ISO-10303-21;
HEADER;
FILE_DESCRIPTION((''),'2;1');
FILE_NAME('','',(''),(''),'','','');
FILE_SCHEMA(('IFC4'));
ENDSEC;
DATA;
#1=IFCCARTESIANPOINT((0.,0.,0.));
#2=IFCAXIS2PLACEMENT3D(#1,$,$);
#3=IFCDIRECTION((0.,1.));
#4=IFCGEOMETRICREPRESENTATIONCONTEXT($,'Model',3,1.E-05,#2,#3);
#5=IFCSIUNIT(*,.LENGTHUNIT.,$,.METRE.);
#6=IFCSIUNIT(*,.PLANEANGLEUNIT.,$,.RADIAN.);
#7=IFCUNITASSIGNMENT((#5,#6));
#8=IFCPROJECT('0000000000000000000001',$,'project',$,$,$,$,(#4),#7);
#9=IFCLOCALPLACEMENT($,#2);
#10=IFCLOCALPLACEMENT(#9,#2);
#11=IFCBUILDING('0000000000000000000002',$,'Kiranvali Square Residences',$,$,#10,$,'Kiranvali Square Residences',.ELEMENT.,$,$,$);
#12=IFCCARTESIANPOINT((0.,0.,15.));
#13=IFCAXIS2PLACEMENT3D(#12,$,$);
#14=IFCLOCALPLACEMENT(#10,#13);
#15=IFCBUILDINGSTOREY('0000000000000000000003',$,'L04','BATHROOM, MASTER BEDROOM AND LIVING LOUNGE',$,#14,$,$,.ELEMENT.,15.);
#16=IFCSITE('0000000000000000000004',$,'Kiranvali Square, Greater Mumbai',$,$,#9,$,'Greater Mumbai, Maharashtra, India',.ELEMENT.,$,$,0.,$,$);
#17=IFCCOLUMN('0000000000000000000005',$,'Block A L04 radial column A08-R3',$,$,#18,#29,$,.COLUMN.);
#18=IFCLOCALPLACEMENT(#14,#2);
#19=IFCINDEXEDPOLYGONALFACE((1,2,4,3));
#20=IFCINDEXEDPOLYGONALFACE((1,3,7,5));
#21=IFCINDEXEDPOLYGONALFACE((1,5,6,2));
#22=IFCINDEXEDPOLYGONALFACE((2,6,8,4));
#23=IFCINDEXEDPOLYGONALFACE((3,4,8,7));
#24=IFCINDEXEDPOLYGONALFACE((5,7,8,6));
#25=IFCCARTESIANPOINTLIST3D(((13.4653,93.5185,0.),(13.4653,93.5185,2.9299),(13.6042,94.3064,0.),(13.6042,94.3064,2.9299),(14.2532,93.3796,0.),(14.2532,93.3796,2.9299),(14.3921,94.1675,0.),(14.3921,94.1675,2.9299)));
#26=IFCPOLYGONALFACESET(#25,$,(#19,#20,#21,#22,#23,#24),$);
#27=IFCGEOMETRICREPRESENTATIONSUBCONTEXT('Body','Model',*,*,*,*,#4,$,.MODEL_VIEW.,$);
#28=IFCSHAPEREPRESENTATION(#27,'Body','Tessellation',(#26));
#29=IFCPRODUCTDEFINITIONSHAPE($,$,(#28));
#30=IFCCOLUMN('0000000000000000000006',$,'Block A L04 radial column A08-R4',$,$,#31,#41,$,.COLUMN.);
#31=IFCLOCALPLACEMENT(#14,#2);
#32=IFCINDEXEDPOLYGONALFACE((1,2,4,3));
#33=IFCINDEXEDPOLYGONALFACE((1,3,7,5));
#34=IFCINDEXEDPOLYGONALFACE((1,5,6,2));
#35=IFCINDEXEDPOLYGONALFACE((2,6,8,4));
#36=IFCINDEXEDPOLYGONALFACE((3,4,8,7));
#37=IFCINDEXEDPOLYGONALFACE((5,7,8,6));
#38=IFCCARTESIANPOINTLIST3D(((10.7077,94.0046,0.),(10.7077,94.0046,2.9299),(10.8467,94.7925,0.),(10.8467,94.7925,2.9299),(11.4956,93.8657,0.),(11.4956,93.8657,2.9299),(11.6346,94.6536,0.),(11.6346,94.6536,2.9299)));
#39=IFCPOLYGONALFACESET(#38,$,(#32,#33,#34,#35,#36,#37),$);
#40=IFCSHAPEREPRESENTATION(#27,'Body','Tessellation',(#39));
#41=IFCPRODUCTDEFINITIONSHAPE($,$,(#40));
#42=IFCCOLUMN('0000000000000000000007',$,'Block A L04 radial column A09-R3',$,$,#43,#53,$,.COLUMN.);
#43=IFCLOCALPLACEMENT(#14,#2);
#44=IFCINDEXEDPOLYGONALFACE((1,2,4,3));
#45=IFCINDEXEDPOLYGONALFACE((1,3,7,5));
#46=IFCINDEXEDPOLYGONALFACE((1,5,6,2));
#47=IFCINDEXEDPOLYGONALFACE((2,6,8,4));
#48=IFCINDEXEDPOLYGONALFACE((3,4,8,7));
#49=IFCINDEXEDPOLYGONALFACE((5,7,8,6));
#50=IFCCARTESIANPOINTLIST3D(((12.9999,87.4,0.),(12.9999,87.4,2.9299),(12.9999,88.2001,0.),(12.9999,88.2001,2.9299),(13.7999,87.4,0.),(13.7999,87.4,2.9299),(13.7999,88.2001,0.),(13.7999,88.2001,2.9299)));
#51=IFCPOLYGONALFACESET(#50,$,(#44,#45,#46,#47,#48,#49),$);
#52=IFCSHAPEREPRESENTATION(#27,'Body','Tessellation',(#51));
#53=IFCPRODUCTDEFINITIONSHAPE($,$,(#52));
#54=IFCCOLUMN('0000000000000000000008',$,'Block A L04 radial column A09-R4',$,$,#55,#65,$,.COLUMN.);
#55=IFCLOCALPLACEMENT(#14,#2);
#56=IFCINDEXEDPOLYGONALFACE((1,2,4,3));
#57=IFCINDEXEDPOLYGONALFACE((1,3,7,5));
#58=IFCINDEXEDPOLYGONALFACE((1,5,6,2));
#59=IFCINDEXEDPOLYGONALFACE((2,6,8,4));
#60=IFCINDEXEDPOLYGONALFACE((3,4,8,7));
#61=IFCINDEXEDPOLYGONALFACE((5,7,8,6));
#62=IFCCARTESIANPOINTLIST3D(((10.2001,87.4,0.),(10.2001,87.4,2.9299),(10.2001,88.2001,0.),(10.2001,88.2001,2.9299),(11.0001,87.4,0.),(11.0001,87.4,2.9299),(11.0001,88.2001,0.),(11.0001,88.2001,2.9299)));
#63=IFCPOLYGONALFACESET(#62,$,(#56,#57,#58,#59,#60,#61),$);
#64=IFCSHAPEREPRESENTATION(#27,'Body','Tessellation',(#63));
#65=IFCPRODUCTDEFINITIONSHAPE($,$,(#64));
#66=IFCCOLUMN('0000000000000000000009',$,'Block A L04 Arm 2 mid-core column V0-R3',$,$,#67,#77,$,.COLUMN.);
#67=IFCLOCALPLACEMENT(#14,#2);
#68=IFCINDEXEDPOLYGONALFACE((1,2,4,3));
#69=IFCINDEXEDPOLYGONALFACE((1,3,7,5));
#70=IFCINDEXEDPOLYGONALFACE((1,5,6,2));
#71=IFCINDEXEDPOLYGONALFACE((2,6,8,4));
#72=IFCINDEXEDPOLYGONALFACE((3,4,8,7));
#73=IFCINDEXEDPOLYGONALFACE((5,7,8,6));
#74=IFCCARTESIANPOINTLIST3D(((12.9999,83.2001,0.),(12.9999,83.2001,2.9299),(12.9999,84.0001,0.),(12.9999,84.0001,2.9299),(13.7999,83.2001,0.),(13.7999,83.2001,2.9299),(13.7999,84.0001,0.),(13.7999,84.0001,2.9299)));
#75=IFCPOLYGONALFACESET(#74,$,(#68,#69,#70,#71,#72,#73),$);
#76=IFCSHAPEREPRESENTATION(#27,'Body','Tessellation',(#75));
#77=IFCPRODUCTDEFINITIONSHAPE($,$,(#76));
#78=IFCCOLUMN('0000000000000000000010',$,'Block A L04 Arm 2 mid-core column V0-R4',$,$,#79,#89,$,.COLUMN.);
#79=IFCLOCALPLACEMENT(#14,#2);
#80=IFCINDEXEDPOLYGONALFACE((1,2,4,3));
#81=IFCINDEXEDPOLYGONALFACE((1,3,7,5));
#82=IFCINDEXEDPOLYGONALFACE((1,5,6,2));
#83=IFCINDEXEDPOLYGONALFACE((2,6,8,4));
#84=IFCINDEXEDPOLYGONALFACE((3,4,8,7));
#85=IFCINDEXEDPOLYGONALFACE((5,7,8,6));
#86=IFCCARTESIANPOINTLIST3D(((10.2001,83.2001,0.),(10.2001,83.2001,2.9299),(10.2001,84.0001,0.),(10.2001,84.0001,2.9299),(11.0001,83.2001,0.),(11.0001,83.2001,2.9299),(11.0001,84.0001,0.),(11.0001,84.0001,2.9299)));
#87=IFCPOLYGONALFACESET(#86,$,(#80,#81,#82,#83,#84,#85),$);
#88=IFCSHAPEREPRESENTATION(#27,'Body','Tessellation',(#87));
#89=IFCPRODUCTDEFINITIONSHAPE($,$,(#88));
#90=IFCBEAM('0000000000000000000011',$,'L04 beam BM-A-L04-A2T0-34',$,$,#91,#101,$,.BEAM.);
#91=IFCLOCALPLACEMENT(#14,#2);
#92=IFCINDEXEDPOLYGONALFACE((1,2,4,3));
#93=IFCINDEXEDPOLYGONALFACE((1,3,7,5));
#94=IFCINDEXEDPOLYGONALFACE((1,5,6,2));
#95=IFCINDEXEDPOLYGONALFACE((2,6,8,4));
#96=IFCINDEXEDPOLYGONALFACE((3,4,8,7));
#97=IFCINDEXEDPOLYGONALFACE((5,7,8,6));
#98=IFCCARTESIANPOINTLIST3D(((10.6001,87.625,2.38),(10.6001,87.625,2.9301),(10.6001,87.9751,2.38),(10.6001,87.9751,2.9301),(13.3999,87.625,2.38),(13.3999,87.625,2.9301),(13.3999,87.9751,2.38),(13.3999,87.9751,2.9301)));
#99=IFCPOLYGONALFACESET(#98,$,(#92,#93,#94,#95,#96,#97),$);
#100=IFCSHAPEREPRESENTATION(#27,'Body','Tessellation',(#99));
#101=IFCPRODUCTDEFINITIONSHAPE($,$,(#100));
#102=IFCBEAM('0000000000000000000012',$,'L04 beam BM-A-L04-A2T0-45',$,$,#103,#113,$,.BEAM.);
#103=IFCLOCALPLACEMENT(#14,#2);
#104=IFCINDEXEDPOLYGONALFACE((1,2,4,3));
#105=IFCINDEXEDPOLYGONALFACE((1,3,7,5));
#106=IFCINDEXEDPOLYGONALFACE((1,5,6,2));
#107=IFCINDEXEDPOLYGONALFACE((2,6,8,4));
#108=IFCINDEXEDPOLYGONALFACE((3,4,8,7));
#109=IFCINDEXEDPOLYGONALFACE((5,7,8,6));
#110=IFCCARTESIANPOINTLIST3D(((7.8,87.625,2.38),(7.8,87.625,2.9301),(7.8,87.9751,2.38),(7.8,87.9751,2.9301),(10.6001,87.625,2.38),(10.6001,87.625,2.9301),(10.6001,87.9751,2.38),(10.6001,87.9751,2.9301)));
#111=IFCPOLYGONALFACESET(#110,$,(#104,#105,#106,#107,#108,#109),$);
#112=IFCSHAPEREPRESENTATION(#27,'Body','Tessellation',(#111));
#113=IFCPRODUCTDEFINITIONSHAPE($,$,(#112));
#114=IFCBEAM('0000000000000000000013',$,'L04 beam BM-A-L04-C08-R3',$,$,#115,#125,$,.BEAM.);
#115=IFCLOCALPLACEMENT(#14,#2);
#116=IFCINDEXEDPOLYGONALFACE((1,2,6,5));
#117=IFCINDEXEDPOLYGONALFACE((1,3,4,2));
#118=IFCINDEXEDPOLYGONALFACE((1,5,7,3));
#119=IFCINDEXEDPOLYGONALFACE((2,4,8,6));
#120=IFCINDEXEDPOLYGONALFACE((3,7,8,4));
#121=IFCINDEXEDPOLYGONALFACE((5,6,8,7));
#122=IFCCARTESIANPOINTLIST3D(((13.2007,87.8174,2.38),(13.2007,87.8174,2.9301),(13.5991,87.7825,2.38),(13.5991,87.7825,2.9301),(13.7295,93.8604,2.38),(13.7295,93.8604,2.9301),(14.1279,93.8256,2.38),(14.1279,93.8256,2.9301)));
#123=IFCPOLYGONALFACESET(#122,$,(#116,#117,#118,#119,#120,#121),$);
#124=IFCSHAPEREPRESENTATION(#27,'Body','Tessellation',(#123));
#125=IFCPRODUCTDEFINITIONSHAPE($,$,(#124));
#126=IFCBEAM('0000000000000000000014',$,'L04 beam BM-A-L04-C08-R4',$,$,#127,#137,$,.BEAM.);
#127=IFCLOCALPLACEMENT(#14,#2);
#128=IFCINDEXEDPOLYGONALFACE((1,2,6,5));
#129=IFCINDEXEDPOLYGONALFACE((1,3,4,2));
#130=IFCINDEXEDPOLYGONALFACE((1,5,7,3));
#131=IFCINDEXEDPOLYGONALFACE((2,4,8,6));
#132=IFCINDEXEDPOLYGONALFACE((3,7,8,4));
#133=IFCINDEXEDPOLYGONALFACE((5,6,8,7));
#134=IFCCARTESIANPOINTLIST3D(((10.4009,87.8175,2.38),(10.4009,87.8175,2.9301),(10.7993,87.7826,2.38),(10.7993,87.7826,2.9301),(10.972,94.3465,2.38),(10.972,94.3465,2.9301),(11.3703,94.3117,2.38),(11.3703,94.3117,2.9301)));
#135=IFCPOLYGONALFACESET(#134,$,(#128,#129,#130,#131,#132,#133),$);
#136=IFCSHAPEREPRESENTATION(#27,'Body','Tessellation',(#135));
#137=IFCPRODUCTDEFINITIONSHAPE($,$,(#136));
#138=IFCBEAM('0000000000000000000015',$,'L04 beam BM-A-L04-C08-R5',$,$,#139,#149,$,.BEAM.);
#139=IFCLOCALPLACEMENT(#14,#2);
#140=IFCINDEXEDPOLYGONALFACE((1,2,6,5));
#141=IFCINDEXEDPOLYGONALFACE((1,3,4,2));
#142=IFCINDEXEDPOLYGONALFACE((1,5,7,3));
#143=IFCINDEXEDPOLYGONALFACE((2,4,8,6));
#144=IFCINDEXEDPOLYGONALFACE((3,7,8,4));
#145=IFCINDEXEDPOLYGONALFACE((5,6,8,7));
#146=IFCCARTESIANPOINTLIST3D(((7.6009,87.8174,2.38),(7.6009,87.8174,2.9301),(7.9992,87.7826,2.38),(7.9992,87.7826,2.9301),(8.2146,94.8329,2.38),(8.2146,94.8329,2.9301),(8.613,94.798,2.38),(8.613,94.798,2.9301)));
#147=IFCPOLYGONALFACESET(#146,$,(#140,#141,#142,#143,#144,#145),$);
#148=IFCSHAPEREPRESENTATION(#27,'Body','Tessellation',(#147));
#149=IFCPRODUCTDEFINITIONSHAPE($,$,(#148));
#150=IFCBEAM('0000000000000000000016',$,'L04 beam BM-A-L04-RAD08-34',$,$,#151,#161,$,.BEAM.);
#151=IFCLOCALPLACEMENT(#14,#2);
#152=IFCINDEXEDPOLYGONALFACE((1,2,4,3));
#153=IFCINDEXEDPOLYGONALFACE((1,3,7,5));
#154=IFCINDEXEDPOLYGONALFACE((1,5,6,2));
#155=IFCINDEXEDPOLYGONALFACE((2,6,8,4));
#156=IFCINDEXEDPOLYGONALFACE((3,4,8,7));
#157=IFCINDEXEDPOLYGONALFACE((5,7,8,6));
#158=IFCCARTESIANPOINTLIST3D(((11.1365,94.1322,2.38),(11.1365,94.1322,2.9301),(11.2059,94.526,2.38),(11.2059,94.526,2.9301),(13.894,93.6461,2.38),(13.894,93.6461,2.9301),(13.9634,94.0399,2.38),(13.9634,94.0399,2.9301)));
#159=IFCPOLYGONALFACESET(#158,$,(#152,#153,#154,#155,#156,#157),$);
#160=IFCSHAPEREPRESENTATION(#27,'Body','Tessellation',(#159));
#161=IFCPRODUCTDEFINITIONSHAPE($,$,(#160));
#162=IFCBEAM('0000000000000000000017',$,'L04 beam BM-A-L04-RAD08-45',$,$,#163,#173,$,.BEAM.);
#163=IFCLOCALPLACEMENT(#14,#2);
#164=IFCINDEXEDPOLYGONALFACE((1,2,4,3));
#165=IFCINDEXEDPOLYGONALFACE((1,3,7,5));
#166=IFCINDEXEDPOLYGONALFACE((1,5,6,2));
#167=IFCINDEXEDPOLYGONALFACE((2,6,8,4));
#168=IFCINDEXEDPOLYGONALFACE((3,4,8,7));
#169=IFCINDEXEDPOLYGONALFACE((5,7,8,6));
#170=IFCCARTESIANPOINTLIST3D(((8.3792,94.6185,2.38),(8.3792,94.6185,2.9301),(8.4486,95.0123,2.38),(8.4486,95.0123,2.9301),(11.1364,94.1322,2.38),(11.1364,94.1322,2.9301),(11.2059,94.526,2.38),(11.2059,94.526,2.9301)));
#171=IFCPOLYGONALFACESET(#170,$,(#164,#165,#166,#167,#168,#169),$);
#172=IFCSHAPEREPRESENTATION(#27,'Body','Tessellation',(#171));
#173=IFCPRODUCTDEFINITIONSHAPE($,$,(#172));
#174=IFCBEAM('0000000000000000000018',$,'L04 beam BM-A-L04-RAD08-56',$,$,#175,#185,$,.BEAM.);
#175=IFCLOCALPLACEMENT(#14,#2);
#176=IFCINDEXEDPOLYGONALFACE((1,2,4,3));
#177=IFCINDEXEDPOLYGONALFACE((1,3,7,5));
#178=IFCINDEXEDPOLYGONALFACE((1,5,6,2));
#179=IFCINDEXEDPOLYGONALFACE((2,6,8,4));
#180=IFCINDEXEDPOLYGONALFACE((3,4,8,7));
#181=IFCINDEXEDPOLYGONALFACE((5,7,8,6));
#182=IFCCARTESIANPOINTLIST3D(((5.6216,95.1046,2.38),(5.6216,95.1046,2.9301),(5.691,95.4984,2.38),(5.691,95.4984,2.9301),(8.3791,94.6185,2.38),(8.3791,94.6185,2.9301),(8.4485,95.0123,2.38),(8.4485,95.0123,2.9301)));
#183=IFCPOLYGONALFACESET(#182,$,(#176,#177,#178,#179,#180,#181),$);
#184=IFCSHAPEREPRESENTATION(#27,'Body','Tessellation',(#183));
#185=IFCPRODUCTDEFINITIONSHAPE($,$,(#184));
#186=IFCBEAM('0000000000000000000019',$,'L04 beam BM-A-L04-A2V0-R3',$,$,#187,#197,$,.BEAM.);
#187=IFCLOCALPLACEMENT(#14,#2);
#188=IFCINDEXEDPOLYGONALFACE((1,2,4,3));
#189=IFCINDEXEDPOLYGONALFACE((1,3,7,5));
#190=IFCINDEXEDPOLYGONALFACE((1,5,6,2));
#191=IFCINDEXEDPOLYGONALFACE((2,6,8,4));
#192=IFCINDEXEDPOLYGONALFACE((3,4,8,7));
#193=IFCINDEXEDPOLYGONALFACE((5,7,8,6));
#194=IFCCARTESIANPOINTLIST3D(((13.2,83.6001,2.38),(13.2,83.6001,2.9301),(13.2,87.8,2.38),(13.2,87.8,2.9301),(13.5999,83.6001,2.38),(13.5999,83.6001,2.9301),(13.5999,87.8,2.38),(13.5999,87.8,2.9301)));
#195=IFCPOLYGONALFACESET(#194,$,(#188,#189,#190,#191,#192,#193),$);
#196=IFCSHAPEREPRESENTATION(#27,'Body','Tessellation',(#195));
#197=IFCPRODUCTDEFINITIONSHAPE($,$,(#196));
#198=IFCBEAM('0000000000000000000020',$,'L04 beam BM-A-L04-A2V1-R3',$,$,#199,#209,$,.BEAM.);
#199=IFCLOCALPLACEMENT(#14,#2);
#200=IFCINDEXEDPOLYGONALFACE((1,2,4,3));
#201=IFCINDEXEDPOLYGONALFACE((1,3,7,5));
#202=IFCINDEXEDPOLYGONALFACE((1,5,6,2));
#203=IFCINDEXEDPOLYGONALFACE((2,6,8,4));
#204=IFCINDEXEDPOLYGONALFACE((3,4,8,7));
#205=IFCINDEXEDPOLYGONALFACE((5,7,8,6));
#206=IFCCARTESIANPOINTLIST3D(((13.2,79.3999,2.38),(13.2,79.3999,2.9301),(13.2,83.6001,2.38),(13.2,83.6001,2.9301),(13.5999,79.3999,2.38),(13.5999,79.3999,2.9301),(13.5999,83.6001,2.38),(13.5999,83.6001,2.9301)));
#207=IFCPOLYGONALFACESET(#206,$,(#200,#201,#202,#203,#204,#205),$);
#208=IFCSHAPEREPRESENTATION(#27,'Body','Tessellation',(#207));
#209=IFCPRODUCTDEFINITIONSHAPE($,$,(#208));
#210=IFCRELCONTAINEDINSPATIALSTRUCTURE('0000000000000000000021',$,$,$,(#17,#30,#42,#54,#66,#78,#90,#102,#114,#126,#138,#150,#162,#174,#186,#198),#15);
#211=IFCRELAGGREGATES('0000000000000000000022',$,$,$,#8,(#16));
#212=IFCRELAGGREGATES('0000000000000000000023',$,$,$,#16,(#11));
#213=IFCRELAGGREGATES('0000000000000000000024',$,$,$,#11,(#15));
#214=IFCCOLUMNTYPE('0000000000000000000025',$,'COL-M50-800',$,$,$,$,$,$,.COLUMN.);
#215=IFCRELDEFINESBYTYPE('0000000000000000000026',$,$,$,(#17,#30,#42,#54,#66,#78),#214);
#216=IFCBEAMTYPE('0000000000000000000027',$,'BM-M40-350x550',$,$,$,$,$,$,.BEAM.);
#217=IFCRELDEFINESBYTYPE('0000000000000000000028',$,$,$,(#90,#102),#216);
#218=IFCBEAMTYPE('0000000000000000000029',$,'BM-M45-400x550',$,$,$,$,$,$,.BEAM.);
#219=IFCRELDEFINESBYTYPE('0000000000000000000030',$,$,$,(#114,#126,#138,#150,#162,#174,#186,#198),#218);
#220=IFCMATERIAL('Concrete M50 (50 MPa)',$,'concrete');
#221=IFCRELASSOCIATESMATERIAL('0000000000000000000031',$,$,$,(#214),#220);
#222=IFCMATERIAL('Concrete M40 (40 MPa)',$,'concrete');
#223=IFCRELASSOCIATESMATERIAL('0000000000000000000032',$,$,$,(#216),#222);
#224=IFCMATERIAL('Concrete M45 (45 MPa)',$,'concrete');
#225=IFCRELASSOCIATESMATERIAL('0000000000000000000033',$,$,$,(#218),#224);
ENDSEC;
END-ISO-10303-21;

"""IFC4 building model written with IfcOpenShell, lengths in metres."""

from ifc_helpers import new_model, si_unit, direction, frame, origin, origin_2d, place, context, subcontext, project, spatial, rectangle, extrude, material, material_profile, profile_set, type_object, element, save


model = new_model("IFC4")

# Units and contexts
model_context = context("Model", 3, precision=1e-05, world=origin(), true_north=direction((0.0, 1.0)))
body_context = subcontext(model_context, "Body", "Model", "MODEL_VIEW")
ifc_project = project(units=[si_unit("LENGTHUNIT", "METRE"), si_unit("PLANEANGLEUNIT", "RADIAN")], contexts=[model_context])

# Site, building, storey
site_placement = place(None, origin())
site = spatial("IfcSite", under=ifc_project, at=site_placement, Name="Kiranvali Square, Greater Mumbai", LongName="Greater Mumbai, Maharashtra, India", CompositionType="ELEMENT", RefElevation=0.0)
building_placement = place(site_placement, origin())
building = spatial("IfcBuilding", under=site, at=building_placement, Name="Kiranvali Square Residences", LongName="Kiranvali Square Residences", CompositionType="ELEMENT")
storey_placement = place(building_placement, frame((0.0, 0.0, 15.0)))
storey = spatial("IfcBuildingStorey", under=building, at=storey_placement, Name="L04", Description="BATHROOM, MASTER BEDROOM AND LIVING LOUNGE", CompositionType="ELEMENT", Elevation=15.0)

# Columns
ifc_material_1 = material(Name="Concrete M50 (50 MPa)", Category="concrete")
ifc_material_profile_1 = material_profile(ifc_material_1, rectangle(XDim=0.8, YDim=0.8, at=origin_2d()), Name="RC 800x800")
ifc_profile_set_1 = profile_set([ifc_material_profile_1], Name="Concrete M50 (50 MPa)")
column_type = type_object("IfcColumnType", Name="COL-M50-800", PredefinedType="COLUMN", material=ifc_profile_set_1)
for number, where, z_axis, x_axis, name in (
    (1, (13.9287, 93.843, 0.0), (0.0, 0.0, 1.0), (0.173648, 0.984808, 0.0), "Block A L04 radial column A08-R3"),
    (2, (11.1711, 94.3291, 0.0), (0.0, 0.0, 1.0), (0.173648, 0.984808, 0.0), "Block A L04 radial column A08-R4"),
    (3, (13.3999, 87.8, 0.0), (0.0, 0.0, 1.0), (0.0, 1.0, 0.0), "Block A L04 radial column A09-R3"),
    (4, (10.6001, 87.8, 0.0), (0.0, 0.0, 1.0), (0.0, 1.0, 0.0), "Block A L04 radial column A09-R4"),
    (5, (13.3999, 83.6001, 0.0), (0.0, 0.0, 1.0), (1.0, 0.0, 0.0), "Block A L04 Arm 2 mid-core column V0-R3"),
    (6, (10.6001, 83.6001, 0.0), (0.0, 0.0, 1.0), (1.0, 0.0, 0.0), "Block A L04 Arm 2 mid-core column V0-R4"),
):
    element("IfcColumn", number, at=place(storey_placement, frame(where, z_axis=z_axis, x_axis=x_axis)), inside=storey, type_object=column_type, Name=name, PredefinedType="COLUMN", context=body_context, shape_type="SweptSolid", body=[
        extrude(rectangle(XDim=0.8, YDim=0.8, at=origin_2d()), origin(), (0.0, 0.0, 1.0), 2.9299),
    ])

# Beams
ifc_material_2 = material(Name="Concrete M40 (40 MPa)", Category="concrete")
ifc_material_profile_2 = material_profile(ifc_material_2, rectangle(XDim=0.3501, YDim=0.55, at=origin_2d()), Name="RC 350x550")
ifc_profile_set_2 = profile_set([ifc_material_profile_2], Name="Concrete M40 (40 MPa)")
beam_type_1 = type_object("IfcBeamType", Name="BM-M40-350x550", PredefinedType="BEAM", material=ifc_profile_set_2)
beam_1_placement = place(storey_placement, frame((13.3999, 87.8, 2.655), z_axis=(-1.0, 0.0, 0.0), x_axis=(0.0, -1.0, 0.0)))
element("IfcBeam", 7, at=beam_1_placement, inside=storey, type_object=beam_type_1, Name="L04 beam BM-A-L04-A2T0-34", PredefinedType="BEAM", context=body_context, shape_type="SweptSolid", body=[
    extrude(rectangle(XDim=0.3501, YDim=0.55, at=origin_2d()), origin(), (0.0, 0.0, 1.0), 2.7998),
])
beam_2_placement = place(storey_placement, frame((10.6001, 87.8, 2.655), z_axis=(-1.0, 0.0, 0.0), x_axis=(0.0, -1.0, 0.0)))
element("IfcBeam", 8, at=beam_2_placement, inside=storey, type_object=beam_type_1, Name="L04 beam BM-A-L04-A2T0-45", PredefinedType="BEAM", context=body_context, shape_type="SweptSolid", body=[
    extrude(rectangle(XDim=0.3501, YDim=0.55, at=origin_2d()), origin(), (0.0, 0.0, 1.0), 2.8),
])
ifc_material_3 = material(Name="Concrete M45 (45 MPa)", Category="concrete")
ifc_material_profile_3 = material_profile(ifc_material_3, rectangle(XDim=0.3999, YDim=0.55, at=origin_2d()), Name="RC 400x550")
ifc_profile_set_3 = profile_set([ifc_material_profile_3], Name="Concrete M45 (45 MPa)")
beam_type_2 = type_object("IfcBeamType", Name="BM-M45-400x550", PredefinedType="BEAM", material=ifc_profile_set_3)
beam_3_placement = place(storey_placement, frame((13.9287, 93.843, 2.655), z_axis=(-0.087175, -0.996193, 0.0), x_axis=(0.996193, -0.087175, 0.0)))
element("IfcBeam", 9, at=beam_3_placement, inside=storey, type_object=beam_type_2, Name="L04 beam BM-A-L04-C08-R3", PredefinedType="BEAM", context=body_context, shape_type="SweptSolid", body=[
    extrude(rectangle(XDim=0.3999, YDim=0.55, at=origin_2d()), origin(), (0.0, 0.0, 1.0), 6.0662),
])
beam_4_placement = place(storey_placement, frame((11.1711, 94.3291, 2.655), z_axis=(-0.08713, -0.996197, 0.0), x_axis=(0.996197, -0.08713, 0.0)))
element("IfcBeam", 10, at=beam_4_placement, inside=storey, type_object=beam_type_2, Name="L04 beam BM-A-L04-C08-R4", PredefinedType="BEAM", context=body_context, shape_type="SweptSolid", body=[
    extrude(rectangle(XDim=0.3999, YDim=0.55, at=origin_2d()), origin(), (0.0, 0.0, 1.0), 6.554),
])
beam_5_placement = place(storey_placement, frame((8.4138, 94.8154, 2.655), z_axis=(-0.087156, -0.996195, 0.0), x_axis=(0.996195, -0.087156, 0.0)))
element("IfcBeam", 11, at=beam_5_placement, inside=storey, type_object=beam_type_2, Name="L04 beam BM-A-L04-C08-R5", PredefinedType="BEAM", context=body_context, shape_type="SweptSolid", body=[
    extrude(rectangle(XDim=0.3999, YDim=0.55, at=origin_2d()), origin(), (0.0, 0.0, 1.0), 7.0422),
])
beam_6_placement = place(storey_placement, frame((13.9287, 93.843, 2.655), z_axis=(-0.984817, 0.173596, 0.0), x_axis=(-0.173596, -0.984817, 0.0)))
element("IfcBeam", 12, at=beam_6_placement, inside=storey, type_object=beam_type_2, Name="L04 beam BM-A-L04-RAD08-34", PredefinedType="BEAM", context=body_context, shape_type="SweptSolid", body=[
    extrude(rectangle(XDim=0.3999, YDim=0.55, at=origin_2d()), origin(), (0.0, 0.0, 1.0), 2.8),
])
beam_7_placement = place(storey_placement, frame((11.1711, 94.3291, 2.655), z_axis=(-0.984799, 0.173696, 0.0), x_axis=(-0.173696, -0.984799, 0.0)))
element("IfcBeam", 13, at=beam_7_placement, inside=storey, type_object=beam_type_2, Name="L04 beam BM-A-L04-RAD08-45", PredefinedType="BEAM", context=body_context, shape_type="SweptSolid", body=[
    extrude(rectangle(XDim=0.3999, YDim=0.55, at=origin_2d()), origin(), (0.0, 0.0, 1.0), 2.7998),
])
beam_8_placement = place(storey_placement, frame((8.4138, 94.8154, 2.655), z_axis=(-0.984817, 0.173596, 0.0), x_axis=(-0.173596, -0.984817, 0.0)))
element("IfcBeam", 14, at=beam_8_placement, inside=storey, type_object=beam_type_2, Name="L04 beam BM-A-L04-RAD08-56", PredefinedType="BEAM", context=body_context, shape_type="SweptSolid", body=[
    extrude(rectangle(XDim=0.3999, YDim=0.55, at=origin_2d()), origin(), (0.0, 0.0, 1.0), 2.8),
])
beam_9_placement = place(storey_placement, frame((13.3999, 87.8, 2.655), z_axis=(0.0, -1.0, 0.0), x_axis=(1.0, 0.0, 0.0)))
element("IfcBeam", 15, at=beam_9_placement, inside=storey, type_object=beam_type_2, Name="L04 beam BM-A-L04-A2V0-R3", PredefinedType="BEAM", context=body_context, shape_type="SweptSolid", body=[
    extrude(rectangle(XDim=0.3999, YDim=0.55, at=origin_2d()), origin(), (0.0, 0.0, 1.0), 4.2),
])
beam_10_placement = place(storey_placement, frame((13.3999, 83.6001, 2.655), z_axis=(0.0, -1.0, 0.0), x_axis=(1.0, 0.0, 0.0)))
element("IfcBeam", 16, at=beam_10_placement, inside=storey, type_object=beam_type_2, Name="L04 beam BM-A-L04-A2V1-R3", PredefinedType="BEAM", context=body_context, shape_type="SweptSolid", body=[
    extrude(rectangle(XDim=0.3999, YDim=0.55, at=origin_2d()), origin(), (0.0, 0.0, 1.0), 4.2002),
])

save(model, "model.ifc")
